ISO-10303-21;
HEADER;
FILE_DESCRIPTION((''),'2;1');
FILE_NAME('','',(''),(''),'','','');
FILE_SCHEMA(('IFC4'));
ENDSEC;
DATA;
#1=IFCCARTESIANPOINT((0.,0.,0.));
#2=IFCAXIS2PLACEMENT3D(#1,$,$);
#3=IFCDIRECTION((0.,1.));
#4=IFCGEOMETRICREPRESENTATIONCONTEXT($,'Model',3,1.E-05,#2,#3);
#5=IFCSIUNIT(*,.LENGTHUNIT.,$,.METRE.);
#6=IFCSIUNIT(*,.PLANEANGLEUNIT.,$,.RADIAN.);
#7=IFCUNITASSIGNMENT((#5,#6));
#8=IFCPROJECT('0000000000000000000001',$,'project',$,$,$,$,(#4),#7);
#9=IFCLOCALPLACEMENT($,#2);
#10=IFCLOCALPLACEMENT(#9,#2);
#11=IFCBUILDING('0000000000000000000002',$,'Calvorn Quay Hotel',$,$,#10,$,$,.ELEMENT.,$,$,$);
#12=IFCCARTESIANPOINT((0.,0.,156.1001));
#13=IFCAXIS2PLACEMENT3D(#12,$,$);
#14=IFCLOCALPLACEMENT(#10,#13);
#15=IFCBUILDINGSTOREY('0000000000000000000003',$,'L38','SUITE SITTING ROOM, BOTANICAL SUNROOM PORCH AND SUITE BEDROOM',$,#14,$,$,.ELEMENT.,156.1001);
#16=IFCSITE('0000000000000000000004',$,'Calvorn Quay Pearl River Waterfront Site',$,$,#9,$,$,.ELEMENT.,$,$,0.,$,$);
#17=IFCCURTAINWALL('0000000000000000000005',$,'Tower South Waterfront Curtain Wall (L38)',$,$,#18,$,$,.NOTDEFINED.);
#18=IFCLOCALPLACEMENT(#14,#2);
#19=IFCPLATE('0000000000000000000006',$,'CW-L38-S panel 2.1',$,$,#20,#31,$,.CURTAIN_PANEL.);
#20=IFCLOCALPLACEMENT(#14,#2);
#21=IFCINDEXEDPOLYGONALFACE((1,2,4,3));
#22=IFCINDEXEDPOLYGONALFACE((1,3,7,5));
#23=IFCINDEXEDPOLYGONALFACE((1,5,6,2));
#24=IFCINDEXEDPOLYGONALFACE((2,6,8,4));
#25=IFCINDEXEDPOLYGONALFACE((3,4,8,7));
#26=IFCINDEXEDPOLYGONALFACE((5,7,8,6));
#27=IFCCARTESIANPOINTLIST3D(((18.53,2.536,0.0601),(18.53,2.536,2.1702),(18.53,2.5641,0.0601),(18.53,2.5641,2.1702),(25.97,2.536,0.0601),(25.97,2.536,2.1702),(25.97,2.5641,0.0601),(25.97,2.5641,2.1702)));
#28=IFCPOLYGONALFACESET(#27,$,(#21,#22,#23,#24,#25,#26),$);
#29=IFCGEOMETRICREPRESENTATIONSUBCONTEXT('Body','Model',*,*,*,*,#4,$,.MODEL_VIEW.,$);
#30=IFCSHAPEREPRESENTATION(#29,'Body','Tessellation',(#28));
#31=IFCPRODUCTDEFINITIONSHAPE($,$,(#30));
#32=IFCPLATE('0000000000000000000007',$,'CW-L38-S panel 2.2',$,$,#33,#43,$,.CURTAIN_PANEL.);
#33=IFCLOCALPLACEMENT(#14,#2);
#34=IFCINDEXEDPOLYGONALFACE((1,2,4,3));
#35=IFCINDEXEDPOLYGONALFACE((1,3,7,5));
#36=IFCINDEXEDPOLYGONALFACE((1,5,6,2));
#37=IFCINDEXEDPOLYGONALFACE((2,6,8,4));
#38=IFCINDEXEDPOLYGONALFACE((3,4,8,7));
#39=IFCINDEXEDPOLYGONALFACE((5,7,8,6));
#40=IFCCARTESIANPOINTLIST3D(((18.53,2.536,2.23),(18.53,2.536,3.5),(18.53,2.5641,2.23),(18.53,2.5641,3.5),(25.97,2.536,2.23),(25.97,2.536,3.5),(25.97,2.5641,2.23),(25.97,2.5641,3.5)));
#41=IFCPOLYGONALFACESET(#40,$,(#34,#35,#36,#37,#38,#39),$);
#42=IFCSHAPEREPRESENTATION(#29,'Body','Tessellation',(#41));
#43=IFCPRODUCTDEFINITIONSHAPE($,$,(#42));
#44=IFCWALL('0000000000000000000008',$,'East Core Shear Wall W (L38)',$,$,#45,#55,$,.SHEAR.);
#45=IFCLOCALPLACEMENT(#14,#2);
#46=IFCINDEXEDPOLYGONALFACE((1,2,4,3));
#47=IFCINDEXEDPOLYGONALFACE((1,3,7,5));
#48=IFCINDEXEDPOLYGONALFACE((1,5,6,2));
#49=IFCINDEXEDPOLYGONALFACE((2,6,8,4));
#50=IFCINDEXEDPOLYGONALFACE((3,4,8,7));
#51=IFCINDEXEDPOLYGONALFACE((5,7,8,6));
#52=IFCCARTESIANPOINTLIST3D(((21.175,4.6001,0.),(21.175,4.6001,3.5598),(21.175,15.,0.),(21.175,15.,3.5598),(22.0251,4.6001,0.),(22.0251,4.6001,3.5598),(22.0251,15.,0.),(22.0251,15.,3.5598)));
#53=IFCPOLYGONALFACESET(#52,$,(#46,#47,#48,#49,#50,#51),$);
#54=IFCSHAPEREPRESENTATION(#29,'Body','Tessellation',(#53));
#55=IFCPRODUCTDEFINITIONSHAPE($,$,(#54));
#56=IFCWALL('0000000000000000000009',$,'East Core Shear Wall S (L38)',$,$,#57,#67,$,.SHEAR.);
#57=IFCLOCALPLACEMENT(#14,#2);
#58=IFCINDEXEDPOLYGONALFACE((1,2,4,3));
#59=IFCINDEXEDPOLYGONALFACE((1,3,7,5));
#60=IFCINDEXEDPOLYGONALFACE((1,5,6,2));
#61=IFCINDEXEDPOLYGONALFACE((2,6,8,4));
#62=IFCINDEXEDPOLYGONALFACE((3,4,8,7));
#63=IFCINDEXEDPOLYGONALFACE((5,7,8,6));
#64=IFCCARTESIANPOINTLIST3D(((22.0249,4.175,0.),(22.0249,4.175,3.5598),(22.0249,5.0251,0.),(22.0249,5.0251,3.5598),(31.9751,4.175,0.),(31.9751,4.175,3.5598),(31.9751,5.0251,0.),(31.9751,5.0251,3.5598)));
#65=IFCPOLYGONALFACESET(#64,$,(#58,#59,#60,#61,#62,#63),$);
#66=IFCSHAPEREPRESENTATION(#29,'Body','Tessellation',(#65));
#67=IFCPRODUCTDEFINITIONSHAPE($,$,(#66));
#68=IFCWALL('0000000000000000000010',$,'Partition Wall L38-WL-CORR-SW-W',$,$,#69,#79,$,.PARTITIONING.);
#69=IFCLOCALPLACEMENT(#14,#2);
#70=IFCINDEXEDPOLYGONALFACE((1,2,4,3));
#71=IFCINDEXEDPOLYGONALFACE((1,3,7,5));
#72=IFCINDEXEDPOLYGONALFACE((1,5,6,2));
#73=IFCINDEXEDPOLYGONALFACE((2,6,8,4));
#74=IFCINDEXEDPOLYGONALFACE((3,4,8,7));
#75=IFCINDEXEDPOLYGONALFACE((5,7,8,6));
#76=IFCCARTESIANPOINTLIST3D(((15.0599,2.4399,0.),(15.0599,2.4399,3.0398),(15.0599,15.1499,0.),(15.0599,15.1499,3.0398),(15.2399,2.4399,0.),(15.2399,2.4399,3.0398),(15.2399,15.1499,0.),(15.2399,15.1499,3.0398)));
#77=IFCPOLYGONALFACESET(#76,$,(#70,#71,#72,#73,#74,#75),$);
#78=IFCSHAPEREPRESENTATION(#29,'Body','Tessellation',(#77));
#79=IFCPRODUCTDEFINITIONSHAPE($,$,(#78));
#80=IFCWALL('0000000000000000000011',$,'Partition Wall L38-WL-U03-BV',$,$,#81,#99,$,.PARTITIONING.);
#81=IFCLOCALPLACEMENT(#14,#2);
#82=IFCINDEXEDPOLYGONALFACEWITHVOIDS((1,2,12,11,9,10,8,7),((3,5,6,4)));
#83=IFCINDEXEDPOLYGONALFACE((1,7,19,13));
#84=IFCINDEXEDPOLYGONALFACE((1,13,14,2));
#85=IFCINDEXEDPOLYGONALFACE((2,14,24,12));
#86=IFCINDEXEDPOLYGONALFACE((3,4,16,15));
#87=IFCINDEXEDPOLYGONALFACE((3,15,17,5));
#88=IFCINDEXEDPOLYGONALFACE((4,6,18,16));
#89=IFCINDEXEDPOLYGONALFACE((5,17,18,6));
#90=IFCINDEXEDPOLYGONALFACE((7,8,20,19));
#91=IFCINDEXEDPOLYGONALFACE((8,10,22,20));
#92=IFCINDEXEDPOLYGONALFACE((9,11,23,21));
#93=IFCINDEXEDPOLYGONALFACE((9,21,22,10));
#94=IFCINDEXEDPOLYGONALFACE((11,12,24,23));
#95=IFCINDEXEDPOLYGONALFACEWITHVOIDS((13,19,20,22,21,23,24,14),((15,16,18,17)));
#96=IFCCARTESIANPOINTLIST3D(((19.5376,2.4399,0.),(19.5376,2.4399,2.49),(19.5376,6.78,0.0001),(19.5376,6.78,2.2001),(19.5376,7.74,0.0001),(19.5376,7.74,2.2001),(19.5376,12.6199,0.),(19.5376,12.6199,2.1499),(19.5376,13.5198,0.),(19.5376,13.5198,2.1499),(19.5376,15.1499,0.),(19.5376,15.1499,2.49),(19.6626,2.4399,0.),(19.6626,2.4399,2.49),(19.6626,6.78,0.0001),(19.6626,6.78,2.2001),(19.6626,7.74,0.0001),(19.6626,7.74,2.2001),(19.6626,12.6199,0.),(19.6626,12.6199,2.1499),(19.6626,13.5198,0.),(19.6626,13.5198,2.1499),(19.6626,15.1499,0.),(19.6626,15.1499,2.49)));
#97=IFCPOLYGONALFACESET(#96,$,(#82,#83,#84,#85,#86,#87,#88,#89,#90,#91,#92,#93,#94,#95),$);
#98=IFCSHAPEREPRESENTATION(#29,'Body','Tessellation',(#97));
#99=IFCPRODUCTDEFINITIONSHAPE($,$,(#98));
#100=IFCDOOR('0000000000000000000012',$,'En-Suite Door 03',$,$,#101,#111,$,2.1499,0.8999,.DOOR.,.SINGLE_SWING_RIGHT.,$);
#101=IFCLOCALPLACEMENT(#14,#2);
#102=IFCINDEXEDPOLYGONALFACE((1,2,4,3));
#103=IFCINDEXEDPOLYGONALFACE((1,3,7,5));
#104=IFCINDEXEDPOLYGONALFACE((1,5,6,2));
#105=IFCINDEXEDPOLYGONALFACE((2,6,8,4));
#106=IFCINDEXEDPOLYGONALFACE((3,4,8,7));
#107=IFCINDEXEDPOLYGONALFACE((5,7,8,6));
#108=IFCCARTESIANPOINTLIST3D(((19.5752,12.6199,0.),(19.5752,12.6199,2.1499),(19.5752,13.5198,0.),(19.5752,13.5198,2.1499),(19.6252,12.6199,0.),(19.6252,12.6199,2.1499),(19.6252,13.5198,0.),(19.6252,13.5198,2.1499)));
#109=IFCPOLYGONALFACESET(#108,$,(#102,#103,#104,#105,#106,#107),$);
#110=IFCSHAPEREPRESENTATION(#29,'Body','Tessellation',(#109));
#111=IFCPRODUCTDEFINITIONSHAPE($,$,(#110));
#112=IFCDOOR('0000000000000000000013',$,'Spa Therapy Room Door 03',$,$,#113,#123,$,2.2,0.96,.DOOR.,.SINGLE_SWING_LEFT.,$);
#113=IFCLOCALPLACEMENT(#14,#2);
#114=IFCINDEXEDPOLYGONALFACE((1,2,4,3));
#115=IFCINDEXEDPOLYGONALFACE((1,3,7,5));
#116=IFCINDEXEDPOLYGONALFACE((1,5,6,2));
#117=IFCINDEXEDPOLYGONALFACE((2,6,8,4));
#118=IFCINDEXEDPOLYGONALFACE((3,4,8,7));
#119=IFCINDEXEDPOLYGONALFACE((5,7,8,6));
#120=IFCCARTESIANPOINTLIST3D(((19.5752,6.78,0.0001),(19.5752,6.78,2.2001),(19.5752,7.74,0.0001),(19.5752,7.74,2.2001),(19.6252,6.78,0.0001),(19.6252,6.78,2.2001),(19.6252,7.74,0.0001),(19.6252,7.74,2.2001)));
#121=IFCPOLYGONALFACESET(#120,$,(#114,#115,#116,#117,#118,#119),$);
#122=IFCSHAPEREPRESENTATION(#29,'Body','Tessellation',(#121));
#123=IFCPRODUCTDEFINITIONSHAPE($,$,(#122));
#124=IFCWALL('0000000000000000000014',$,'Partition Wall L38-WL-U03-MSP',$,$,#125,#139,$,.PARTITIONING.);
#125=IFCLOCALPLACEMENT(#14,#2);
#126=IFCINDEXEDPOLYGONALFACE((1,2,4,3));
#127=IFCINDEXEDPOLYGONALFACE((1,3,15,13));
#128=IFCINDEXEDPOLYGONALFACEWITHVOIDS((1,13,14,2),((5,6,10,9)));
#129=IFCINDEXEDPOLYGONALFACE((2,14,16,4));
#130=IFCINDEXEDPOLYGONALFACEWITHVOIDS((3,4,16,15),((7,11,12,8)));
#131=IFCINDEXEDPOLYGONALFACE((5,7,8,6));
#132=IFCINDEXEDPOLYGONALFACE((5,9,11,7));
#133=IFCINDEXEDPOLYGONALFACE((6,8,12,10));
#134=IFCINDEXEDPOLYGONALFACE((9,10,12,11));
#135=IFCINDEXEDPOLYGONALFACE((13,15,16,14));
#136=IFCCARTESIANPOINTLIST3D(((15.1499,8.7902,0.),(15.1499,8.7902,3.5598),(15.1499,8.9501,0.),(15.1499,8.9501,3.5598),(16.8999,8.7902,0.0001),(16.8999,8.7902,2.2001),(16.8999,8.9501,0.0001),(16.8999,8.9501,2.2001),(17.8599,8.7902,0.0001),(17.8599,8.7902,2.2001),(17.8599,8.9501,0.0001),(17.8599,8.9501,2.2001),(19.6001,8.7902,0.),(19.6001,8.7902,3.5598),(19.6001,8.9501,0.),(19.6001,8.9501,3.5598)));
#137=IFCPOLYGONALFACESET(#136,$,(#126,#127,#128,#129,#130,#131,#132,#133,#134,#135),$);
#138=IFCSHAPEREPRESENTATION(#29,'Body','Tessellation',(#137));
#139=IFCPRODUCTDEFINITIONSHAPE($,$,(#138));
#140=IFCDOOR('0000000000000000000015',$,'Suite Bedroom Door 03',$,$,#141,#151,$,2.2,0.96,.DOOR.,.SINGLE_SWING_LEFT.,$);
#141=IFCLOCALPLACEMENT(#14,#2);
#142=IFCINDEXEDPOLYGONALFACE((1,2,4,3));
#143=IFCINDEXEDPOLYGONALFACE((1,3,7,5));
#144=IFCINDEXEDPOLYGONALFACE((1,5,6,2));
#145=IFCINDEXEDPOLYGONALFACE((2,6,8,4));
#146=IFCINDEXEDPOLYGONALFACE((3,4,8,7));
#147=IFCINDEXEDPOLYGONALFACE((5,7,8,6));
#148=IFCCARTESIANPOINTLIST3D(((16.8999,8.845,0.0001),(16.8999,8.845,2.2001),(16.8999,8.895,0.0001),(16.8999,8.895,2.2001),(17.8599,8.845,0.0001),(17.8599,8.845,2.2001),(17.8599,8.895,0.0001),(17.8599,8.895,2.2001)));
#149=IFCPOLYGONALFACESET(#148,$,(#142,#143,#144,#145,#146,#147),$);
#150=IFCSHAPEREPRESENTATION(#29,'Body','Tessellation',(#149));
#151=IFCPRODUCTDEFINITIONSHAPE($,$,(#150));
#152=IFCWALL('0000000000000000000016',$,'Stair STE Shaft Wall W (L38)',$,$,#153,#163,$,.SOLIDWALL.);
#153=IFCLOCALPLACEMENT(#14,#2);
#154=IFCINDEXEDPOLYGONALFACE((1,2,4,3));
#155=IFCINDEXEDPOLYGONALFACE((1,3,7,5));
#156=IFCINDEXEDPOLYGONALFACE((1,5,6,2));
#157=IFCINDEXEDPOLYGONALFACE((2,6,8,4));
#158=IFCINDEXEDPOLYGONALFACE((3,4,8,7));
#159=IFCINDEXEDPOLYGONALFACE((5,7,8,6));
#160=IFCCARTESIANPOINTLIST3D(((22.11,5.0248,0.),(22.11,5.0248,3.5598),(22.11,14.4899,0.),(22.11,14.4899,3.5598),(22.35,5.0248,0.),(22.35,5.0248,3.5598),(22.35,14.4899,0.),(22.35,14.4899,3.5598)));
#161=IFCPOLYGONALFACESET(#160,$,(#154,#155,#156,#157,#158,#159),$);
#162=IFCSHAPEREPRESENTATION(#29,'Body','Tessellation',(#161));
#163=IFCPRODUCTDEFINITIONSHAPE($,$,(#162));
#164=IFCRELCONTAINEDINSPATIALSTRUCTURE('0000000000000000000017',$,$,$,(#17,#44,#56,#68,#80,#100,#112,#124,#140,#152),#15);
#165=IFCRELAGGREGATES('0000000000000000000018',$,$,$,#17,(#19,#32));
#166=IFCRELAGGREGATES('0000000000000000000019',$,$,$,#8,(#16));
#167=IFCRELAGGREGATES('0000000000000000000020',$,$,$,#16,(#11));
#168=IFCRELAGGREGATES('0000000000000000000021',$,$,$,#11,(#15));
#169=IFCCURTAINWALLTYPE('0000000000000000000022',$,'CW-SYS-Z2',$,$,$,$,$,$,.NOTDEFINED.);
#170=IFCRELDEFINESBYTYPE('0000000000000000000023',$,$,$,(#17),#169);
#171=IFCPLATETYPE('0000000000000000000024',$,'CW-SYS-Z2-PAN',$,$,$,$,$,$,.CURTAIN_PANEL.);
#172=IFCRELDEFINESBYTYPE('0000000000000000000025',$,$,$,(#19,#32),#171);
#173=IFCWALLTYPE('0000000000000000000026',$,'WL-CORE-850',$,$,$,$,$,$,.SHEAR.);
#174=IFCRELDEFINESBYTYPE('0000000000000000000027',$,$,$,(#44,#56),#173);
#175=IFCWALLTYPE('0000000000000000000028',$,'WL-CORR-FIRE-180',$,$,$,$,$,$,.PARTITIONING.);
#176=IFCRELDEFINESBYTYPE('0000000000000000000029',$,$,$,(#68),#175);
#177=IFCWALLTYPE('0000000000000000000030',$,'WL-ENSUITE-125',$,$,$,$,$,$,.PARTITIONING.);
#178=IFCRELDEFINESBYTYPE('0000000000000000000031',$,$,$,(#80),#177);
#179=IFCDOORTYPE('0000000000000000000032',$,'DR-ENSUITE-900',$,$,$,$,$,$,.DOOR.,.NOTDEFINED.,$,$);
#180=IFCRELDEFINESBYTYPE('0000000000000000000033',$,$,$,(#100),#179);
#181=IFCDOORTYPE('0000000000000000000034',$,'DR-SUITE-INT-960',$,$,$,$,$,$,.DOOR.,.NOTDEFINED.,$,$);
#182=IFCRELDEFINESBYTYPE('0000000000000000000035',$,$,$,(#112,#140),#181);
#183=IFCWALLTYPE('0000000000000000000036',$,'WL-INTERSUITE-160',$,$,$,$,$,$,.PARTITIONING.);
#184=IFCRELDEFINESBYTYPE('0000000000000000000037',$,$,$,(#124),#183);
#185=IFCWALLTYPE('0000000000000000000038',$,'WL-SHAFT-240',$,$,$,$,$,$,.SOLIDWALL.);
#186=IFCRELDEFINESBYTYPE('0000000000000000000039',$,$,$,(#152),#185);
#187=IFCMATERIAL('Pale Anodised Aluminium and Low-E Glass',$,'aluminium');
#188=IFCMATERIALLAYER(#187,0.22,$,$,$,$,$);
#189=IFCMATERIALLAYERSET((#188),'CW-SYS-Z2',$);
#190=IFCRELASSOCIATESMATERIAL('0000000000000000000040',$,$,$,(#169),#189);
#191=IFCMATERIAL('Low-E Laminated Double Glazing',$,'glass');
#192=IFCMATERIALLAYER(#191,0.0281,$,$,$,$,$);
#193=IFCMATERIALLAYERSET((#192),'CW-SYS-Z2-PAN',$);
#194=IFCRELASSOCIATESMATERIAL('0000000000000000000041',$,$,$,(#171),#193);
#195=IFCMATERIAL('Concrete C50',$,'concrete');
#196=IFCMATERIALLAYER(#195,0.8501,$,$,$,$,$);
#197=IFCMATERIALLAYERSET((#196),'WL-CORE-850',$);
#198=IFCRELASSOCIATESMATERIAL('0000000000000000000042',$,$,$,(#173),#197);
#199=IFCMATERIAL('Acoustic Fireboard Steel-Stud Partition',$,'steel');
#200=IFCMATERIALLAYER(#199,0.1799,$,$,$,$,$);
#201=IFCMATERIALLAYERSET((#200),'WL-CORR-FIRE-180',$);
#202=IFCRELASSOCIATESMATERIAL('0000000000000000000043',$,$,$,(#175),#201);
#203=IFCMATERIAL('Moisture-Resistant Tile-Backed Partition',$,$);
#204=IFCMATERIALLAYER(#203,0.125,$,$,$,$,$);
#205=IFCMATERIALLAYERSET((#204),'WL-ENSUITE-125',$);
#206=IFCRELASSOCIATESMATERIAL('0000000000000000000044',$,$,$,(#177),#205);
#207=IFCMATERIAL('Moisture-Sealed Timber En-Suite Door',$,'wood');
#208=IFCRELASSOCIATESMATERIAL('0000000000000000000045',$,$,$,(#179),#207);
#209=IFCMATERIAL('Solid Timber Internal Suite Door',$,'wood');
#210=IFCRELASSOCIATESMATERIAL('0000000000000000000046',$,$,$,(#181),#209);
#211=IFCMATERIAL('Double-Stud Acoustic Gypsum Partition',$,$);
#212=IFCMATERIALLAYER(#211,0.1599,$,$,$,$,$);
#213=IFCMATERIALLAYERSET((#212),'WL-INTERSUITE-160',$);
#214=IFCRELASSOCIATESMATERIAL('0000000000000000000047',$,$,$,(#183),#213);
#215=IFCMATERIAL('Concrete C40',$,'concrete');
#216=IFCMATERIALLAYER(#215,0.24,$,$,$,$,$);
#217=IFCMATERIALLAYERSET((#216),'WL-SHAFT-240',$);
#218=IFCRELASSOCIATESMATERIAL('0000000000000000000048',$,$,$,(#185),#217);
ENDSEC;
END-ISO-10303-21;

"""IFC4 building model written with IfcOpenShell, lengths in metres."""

from ifc_helpers import new_model, si_unit, direction, frame, frame_2d, origin, origin_2d, place, context, subcontext, project, spatial, rectangle, extrude, material, layer, layer_set, type_object, element, fill, aggregate, save


model = new_model("IFC4")

# Units and contexts
model_context = context("Model", 3, precision=1e-05, world=origin(), true_north=direction((0.0, 1.0)))
body_context = subcontext(model_context, "Body", "Model", "MODEL_VIEW")
ifc_project = project(units=[si_unit("LENGTHUNIT", "METRE"), si_unit("PLANEANGLEUNIT", "RADIAN")], contexts=[model_context])

# Site, building, storey
site_placement = place(None, origin())
site = spatial("IfcSite", under=ifc_project, at=site_placement, Name="Calvorn Quay Pearl River Waterfront Site", CompositionType="ELEMENT", RefElevation=0.0)
building_placement = place(site_placement, origin())
building = spatial("IfcBuilding", under=site, at=building_placement, Name="Calvorn Quay Hotel", CompositionType="ELEMENT")
storey_placement = place(building_placement, frame((0.0, 0.0, 156.1001)))
storey = spatial("IfcBuildingStorey", under=building, at=storey_placement, Name="L38", Description="SUITE SITTING ROOM, BOTANICAL SUNROOM PORCH AND SUITE BEDROOM", CompositionType="ELEMENT", Elevation=156.1001)

# Curtain wall, plates
ifc_material_1 = material(Name="Pale Anodised Aluminium and Low-E Glass", Category="aluminium")
ifc_layer_1 = layer(ifc_material_1, 0.22)
ifc_layer_set_1 = layer_set([ifc_layer_1], Name="CW-SYS-Z2")
curtain_wall_type = type_object("IfcCurtainWallType", Name="CW-SYS-Z2", PredefinedType="NOTDEFINED", material=ifc_layer_set_1)
curtain_wall_placement = place(storey_placement, origin())
curtain_wall = element("IfcCurtainWall", 1, at=curtain_wall_placement, inside=storey, type_object=curtain_wall_type, Name="Tower South Waterfront Curtain Wall (L38)", PredefinedType="NOTDEFINED")
ifc_material_2 = material(Name="Low-E Laminated Double Glazing", Category="glass")
ifc_layer_2 = layer(ifc_material_2, 0.0281)
ifc_layer_set_2 = layer_set([ifc_layer_2], Name="CW-SYS-Z2-PAN")
plate_type = type_object("IfcPlateType", Name="CW-SYS-Z2-PAN", PredefinedType="CURTAIN_PANEL", material=ifc_layer_set_2)
plate_1_placement = place(storey_placement, frame((22.25, 2.55, 0.0601), z_axis=(0.0, 0.0, 1.0), x_axis=(1.0, 0.0, 0.0)))
plate_1 = element("IfcPlate", 2, at=plate_1_placement, type_object=plate_type, Name="CW-L38-S panel 2.1", PredefinedType="CURTAIN_PANEL", context=body_context, shape_type="SweptSolid", body=[
    extrude(rectangle(XDim=7.4399, YDim=0.0281, at=origin_2d()), origin(), (0.0, 0.0, 1.0), 2.1101),
])
plate_2_placement = place(storey_placement, frame((22.25, 2.55, 2.23), z_axis=(0.0, 0.0, 1.0), x_axis=(1.0, 0.0, 0.0)))
plate_2 = element("IfcPlate", 3, at=plate_2_placement, type_object=plate_type, Name="CW-L38-S panel 2.2", PredefinedType="CURTAIN_PANEL", context=body_context, shape_type="SweptSolid", body=[
    extrude(rectangle(XDim=7.4399, YDim=0.0281, at=origin_2d()), origin(), (0.0, 0.0, 1.0), 1.27),
])
aggregate(curtain_wall, [plate_1, plate_2])

# Walls
ifc_material_3 = material(Name="Concrete C50", Category="concrete")
ifc_layer_3 = layer(ifc_material_3, 0.8501)
ifc_layer_set_3 = layer_set([ifc_layer_3], Name="WL-CORE-850")
wall_type_1 = type_object("IfcWallType", Name="WL-CORE-850", PredefinedType="SHEAR", material=ifc_layer_set_3)
wall_1_placement = place(storey_placement, frame((21.6001, 4.6001, 0.0), z_axis=(0.0, 0.0, 1.0), x_axis=(0.0, 1.0, 0.0)))
element("IfcWall", 4, at=wall_1_placement, inside=storey, type_object=wall_type_1, Name="East Core Shear Wall W (L38)", PredefinedType="SHEAR", context=body_context, shape_type="SweptSolid", body=[
    extrude(rectangle(XDim=10.3999, YDim=0.8501, at=frame_2d((5.2, 0.0))), origin(), (0.0, 0.0, 1.0), 3.5598),
])
wall_2_placement = place(storey_placement, frame((22.0249, 4.6001, 0.0), z_axis=(0.0, 0.0, 1.0), x_axis=(1.0, 0.0, 0.0)))
element("IfcWall", 5, at=wall_2_placement, inside=storey, type_object=wall_type_1, Name="East Core Shear Wall S (L38)", PredefinedType="SHEAR", context=body_context, shape_type="SweptSolid", body=[
    extrude(rectangle(XDim=9.9502, YDim=0.8501, at=frame_2d((4.9751, 0.0))), origin(), (0.0, 0.0, 1.0), 3.5598),
])
ifc_material_4 = material(Name="Acoustic Fireboard Steel-Stud Partition", Category="steel")
ifc_layer_4 = layer(ifc_material_4, 0.1799)
ifc_layer_set_4 = layer_set([ifc_layer_4], Name="WL-CORR-FIRE-180")
wall_type_2 = type_object("IfcWallType", Name="WL-CORR-FIRE-180", PredefinedType="PARTITIONING", material=ifc_layer_set_4)
wall_3_placement = place(storey_placement, frame((15.1499, 2.4399, 0.0), z_axis=(0.0, 0.0, 1.0), x_axis=(0.0, 1.0, 0.0)))
element("IfcWall", 6, at=wall_3_placement, inside=storey, type_object=wall_type_2, Name="Partition Wall L38-WL-CORR-SW-W", PredefinedType="PARTITIONING", context=body_context, shape_type="SweptSolid", body=[
    extrude(rectangle(XDim=12.71, YDim=0.1799, at=frame_2d((6.355, 0.0))), origin(), (0.0, 0.0, 1.0), 3.0398),
])

# Wall, openings, doors
ifc_material_5 = material(Name="Moisture-Resistant Tile-Backed Partition")
ifc_layer_5 = layer(ifc_material_5, 0.125)
ifc_layer_set_5 = layer_set([ifc_layer_5], Name="WL-ENSUITE-125")
wall_type_3 = type_object("IfcWallType", Name="WL-ENSUITE-125", PredefinedType="PARTITIONING", material=ifc_layer_set_5)
wall_4_placement = place(storey_placement, frame((19.6001, 2.4399, 0.0), z_axis=(0.0, 0.0, 1.0), x_axis=(0.0, 1.0, 0.0)))
wall_4 = element("IfcWall", 7, at=wall_4_placement, inside=storey, type_object=wall_type_3, Name="Partition Wall L38-WL-U03-BV", PredefinedType="PARTITIONING", context=body_context, shape_type="SweptSolid", body=[
    extrude(rectangle(XDim=12.71, YDim=0.125, at=frame_2d((6.355, 0.0))), origin(), (0.0, 0.0, 1.0), 2.49),
])
opening_1_placement = place(wall_4_placement, frame((4.3401, 0.0, 0.0)))
opening_1 = element("IfcOpeningElement", 8, at=opening_1_placement, cuts=wall_4, PredefinedType="OPENING", context=body_context, shape_type="SweptSolid", body=[
    extrude(rectangle(XDim=0.96, YDim=2.2, at=frame_2d((0.48, 1.1001))), frame((0.0, 0.0725, 0.0), z_axis=(0.0, -1.0, 0.0), x_axis=(1.0, 0.0, 0.0)), (0.0, 0.0, 1.0), 0.145),
])
opening_2_placement = place(wall_4_placement, frame((10.1799, 0.0, 0.0)))
opening_2 = element("IfcOpeningElement", 9, at=opening_2_placement, cuts=wall_4, PredefinedType="OPENING", context=body_context, shape_type="SweptSolid", body=[
    extrude(rectangle(XDim=0.8999, YDim=2.1499, at=frame_2d((0.45, 1.075))), frame((0.0, 0.0725, 0.0), z_axis=(0.0, -1.0, 0.0), x_axis=(1.0, 0.0, 0.0)), (0.0, 0.0, 1.0), 0.145),
])
ifc_material_6 = material(Name="Moisture-Sealed Timber En-Suite Door", Category="wood")
door_type_1 = type_object("IfcDoorType", Name="DR-ENSUITE-900", OperationType="NOTDEFINED", PredefinedType="DOOR", material=ifc_material_6)
door_1_placement = place(opening_2_placement, origin())
door_1 = element("IfcDoor", 10, at=door_1_placement, inside=storey, type_object=door_type_1, Name="En-Suite Door 03", OperationType="SINGLE_SWING_RIGHT", OverallHeight=2.1499, OverallWidth=0.8999, PredefinedType="DOOR", context=body_context, shape_type="SweptSolid", body=[
    extrude(rectangle(XDim=0.8999, YDim=2.1499, at=frame_2d((0.45, 1.075))), frame((0.0, 0.0249, 0.0), z_axis=(0.0, -1.0, 0.0), x_axis=(1.0, 0.0, 0.0)), (0.0, 0.0, 1.0), 0.05),
])
fill(opening_2, door_1)
ifc_material_7 = material(Name="Solid Timber Internal Suite Door", Category="wood")
door_type_2 = type_object("IfcDoorType", Name="DR-SUITE-INT-960", OperationType="NOTDEFINED", PredefinedType="DOOR", material=ifc_material_7)
door_2_placement = place(opening_1_placement, origin())
door_2 = element("IfcDoor", 11, at=door_2_placement, inside=storey, type_object=door_type_2, Name="Spa Therapy Room Door 03", OperationType="SINGLE_SWING_LEFT", OverallHeight=2.2, OverallWidth=0.96, PredefinedType="DOOR", context=body_context, shape_type="SweptSolid", body=[
    extrude(rectangle(XDim=0.96, YDim=2.2, at=frame_2d((0.48, 1.1001))), frame((0.0, 0.0249, 0.0), z_axis=(0.0, -1.0, 0.0), x_axis=(1.0, 0.0, 0.0)), (0.0, 0.0, 1.0), 0.05),
])
fill(opening_1, door_2)

# Wall, opening, door
ifc_material_8 = material(Name="Double-Stud Acoustic Gypsum Partition")
ifc_layer_6 = layer(ifc_material_8, 0.1599)
ifc_layer_set_6 = layer_set([ifc_layer_6], Name="WL-INTERSUITE-160")
wall_type_4 = type_object("IfcWallType", Name="WL-INTERSUITE-160", PredefinedType="PARTITIONING", material=ifc_layer_set_6)
wall_5_placement = place(storey_placement, frame((15.1499, 8.8701, 0.0), z_axis=(0.0, 0.0, 1.0), x_axis=(1.0, 0.0, 0.0)))
wall_5 = element("IfcWall", 12, at=wall_5_placement, inside=storey, type_object=wall_type_4, Name="Partition Wall L38-WL-U03-MSP", PredefinedType="PARTITIONING", context=body_context, shape_type="SweptSolid", body=[
    extrude(rectangle(XDim=4.4502, YDim=0.1599, at=frame_2d((2.2251, 0.0))), origin(), (0.0, 0.0, 1.0), 3.5598),
])
opening_3_placement = place(wall_5_placement, frame((1.75, 0.0, 0.0)))
opening_3 = element("IfcOpeningElement", 13, at=opening_3_placement, cuts=wall_5, PredefinedType="OPENING", context=body_context, shape_type="SweptSolid", body=[
    extrude(rectangle(XDim=0.96, YDim=2.2, at=frame_2d((0.48, 1.1001))), frame((0.0, 0.0898, 0.0), z_axis=(0.0, -1.0, 0.0), x_axis=(1.0, 0.0, 0.0)), (0.0, 0.0, 1.0), 0.1799),
])
door_3_placement = place(opening_3_placement, origin())
door_3 = element("IfcDoor", 14, at=door_3_placement, inside=storey, type_object=door_type_2, Name="Suite Bedroom Door 03", OperationType="SINGLE_SWING_LEFT", OverallHeight=2.2, OverallWidth=0.96, PredefinedType="DOOR", context=body_context, shape_type="SweptSolid", body=[
    extrude(rectangle(XDim=0.96, YDim=2.2, at=frame_2d((0.48, 1.1001))), frame((0.0, 0.0249, 0.0), z_axis=(0.0, -1.0, 0.0), x_axis=(1.0, 0.0, 0.0)), (0.0, 0.0, 1.0), 0.05),
])
fill(opening_3, door_3)

# Wall
ifc_material_9 = material(Name="Concrete C40", Category="concrete")
ifc_layer_7 = layer(ifc_material_9, 0.24)
ifc_layer_set_7 = layer_set([ifc_layer_7], Name="WL-SHAFT-240")
wall_type_5 = type_object("IfcWallType", Name="WL-SHAFT-240", PredefinedType="SOLIDWALL", material=ifc_layer_set_7)
wall_6_placement = place(storey_placement, frame((22.23, 5.0249, 0.0), z_axis=(0.0, 0.0, 1.0), x_axis=(0.0, 1.0, 0.0)))
element("IfcWall", 15, at=wall_6_placement, inside=storey, type_object=wall_type_5, Name="Stair STE Shaft Wall W (L38)", PredefinedType="SOLIDWALL", context=body_context, shape_type="SweptSolid", body=[
    extrude(rectangle(XDim=9.4651, YDim=0.24, at=frame_2d((4.7324, 0.0))), origin(), (0.0, 0.0, 1.0), 3.5598),
])

save(model, "model.ifc")
